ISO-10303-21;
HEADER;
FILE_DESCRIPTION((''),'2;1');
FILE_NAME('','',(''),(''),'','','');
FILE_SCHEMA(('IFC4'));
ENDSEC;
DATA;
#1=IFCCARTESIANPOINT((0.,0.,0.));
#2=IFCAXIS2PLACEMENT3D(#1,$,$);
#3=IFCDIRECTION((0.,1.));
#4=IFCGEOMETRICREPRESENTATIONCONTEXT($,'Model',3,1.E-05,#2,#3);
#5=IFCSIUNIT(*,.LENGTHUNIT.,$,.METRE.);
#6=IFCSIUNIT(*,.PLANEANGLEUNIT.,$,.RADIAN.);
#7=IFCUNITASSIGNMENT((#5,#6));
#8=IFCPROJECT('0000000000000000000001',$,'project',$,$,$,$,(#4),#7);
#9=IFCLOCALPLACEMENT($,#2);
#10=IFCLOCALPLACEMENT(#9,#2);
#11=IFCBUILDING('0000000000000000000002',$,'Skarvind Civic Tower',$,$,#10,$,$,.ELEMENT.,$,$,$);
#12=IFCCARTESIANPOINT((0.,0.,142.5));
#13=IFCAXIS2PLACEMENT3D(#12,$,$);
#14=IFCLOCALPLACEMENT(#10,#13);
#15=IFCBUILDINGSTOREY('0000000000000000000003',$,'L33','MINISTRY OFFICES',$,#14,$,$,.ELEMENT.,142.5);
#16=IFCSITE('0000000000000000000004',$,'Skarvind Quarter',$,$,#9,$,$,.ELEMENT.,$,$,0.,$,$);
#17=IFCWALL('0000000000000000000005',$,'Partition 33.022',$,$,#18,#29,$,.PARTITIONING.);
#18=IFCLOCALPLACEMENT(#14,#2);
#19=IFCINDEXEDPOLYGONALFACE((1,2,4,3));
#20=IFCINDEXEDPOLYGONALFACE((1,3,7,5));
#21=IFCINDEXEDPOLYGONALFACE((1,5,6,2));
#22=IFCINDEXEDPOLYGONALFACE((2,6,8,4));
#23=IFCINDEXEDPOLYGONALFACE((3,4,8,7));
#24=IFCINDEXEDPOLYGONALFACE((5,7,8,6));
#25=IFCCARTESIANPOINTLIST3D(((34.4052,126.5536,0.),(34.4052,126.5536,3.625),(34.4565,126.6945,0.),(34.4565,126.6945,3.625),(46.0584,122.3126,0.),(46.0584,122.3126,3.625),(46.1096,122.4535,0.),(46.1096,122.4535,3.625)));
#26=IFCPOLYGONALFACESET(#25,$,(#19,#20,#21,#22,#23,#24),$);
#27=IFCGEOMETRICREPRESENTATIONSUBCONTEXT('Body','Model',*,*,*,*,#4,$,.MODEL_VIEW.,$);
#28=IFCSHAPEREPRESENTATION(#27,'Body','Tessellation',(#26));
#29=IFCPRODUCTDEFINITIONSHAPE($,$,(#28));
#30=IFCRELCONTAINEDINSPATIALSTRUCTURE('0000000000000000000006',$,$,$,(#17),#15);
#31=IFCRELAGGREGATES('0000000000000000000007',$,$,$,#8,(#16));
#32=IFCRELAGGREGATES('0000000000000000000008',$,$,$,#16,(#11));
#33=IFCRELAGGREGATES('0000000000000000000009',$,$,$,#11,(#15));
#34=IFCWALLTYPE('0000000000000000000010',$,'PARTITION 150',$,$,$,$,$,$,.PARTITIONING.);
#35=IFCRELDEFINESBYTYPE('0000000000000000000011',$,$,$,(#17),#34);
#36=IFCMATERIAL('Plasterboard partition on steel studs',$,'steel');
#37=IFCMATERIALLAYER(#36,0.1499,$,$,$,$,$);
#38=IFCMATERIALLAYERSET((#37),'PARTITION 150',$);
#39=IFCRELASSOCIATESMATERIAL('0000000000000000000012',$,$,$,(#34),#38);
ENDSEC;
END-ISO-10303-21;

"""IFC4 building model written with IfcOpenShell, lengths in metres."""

from ifc_helpers import new_model, si_unit, direction, frame, frame_2d, origin, place, context, subcontext, project, spatial, rectangle, extrude, material, layer, layer_set, type_object, element, save


model = new_model("IFC4")

# Units and contexts
model_context = context("Model", 3, precision=1e-05, world=origin(), true_north=direction((0.0, 1.0)))
body_context = subcontext(model_context, "Body", "Model", "MODEL_VIEW")
ifc_project = project(units=[si_unit("LENGTHUNIT", "METRE"), si_unit("PLANEANGLEUNIT", "RADIAN")], contexts=[model_context])

# Site, building, storey
site_placement = place(None, origin())
site = spatial("IfcSite", under=ifc_project, at=site_placement, Name="Skarvind Quarter", CompositionType="ELEMENT", RefElevation=0.0)
building_placement = place(site_placement, origin())
building = spatial("IfcBuilding", under=site, at=building_placement, Name="Skarvind Civic Tower", CompositionType="ELEMENT")
storey_placement = place(building_placement, frame((0.0, 0.0, 142.5)))
storey = spatial("IfcBuildingStorey", under=building, at=storey_placement, Name="L33", Description="MINISTRY OFFICES", CompositionType="ELEMENT", Elevation=142.5)

# Wall
ifc_material_1 = material(Name="Plasterboard partition on steel studs", Category="steel")
ifc_layer_1 = layer(ifc_material_1, 0.1499)
ifc_layer_set_1 = layer_set([ifc_layer_1], Name="PARTITION 150")
wall_type_1 = type_object("IfcWallType", Name="PARTITION 150", PredefinedType="PARTITIONING", material=ifc_layer_set_1)
wall_1_placement = place(storey_placement, frame((46.084, 122.3831, 0.0), z_axis=(0.0, 0.0, 1.0), x_axis=(-0.939703, 0.341991, 0.0)))
element("IfcWall", 1, at=wall_1_placement, inside=storey, type_object=wall_type_1, Name="Partition 33.022", PredefinedType="PARTITIONING", context=body_context, shape_type="SweptSolid", body=[
    extrude(rectangle(XDim=12.4009, YDim=0.1499, at=frame_2d((6.2004, 0.0))), origin(), (0.0, 0.0, 1.0), 3.625),
])

save(model, "model.ifc")
